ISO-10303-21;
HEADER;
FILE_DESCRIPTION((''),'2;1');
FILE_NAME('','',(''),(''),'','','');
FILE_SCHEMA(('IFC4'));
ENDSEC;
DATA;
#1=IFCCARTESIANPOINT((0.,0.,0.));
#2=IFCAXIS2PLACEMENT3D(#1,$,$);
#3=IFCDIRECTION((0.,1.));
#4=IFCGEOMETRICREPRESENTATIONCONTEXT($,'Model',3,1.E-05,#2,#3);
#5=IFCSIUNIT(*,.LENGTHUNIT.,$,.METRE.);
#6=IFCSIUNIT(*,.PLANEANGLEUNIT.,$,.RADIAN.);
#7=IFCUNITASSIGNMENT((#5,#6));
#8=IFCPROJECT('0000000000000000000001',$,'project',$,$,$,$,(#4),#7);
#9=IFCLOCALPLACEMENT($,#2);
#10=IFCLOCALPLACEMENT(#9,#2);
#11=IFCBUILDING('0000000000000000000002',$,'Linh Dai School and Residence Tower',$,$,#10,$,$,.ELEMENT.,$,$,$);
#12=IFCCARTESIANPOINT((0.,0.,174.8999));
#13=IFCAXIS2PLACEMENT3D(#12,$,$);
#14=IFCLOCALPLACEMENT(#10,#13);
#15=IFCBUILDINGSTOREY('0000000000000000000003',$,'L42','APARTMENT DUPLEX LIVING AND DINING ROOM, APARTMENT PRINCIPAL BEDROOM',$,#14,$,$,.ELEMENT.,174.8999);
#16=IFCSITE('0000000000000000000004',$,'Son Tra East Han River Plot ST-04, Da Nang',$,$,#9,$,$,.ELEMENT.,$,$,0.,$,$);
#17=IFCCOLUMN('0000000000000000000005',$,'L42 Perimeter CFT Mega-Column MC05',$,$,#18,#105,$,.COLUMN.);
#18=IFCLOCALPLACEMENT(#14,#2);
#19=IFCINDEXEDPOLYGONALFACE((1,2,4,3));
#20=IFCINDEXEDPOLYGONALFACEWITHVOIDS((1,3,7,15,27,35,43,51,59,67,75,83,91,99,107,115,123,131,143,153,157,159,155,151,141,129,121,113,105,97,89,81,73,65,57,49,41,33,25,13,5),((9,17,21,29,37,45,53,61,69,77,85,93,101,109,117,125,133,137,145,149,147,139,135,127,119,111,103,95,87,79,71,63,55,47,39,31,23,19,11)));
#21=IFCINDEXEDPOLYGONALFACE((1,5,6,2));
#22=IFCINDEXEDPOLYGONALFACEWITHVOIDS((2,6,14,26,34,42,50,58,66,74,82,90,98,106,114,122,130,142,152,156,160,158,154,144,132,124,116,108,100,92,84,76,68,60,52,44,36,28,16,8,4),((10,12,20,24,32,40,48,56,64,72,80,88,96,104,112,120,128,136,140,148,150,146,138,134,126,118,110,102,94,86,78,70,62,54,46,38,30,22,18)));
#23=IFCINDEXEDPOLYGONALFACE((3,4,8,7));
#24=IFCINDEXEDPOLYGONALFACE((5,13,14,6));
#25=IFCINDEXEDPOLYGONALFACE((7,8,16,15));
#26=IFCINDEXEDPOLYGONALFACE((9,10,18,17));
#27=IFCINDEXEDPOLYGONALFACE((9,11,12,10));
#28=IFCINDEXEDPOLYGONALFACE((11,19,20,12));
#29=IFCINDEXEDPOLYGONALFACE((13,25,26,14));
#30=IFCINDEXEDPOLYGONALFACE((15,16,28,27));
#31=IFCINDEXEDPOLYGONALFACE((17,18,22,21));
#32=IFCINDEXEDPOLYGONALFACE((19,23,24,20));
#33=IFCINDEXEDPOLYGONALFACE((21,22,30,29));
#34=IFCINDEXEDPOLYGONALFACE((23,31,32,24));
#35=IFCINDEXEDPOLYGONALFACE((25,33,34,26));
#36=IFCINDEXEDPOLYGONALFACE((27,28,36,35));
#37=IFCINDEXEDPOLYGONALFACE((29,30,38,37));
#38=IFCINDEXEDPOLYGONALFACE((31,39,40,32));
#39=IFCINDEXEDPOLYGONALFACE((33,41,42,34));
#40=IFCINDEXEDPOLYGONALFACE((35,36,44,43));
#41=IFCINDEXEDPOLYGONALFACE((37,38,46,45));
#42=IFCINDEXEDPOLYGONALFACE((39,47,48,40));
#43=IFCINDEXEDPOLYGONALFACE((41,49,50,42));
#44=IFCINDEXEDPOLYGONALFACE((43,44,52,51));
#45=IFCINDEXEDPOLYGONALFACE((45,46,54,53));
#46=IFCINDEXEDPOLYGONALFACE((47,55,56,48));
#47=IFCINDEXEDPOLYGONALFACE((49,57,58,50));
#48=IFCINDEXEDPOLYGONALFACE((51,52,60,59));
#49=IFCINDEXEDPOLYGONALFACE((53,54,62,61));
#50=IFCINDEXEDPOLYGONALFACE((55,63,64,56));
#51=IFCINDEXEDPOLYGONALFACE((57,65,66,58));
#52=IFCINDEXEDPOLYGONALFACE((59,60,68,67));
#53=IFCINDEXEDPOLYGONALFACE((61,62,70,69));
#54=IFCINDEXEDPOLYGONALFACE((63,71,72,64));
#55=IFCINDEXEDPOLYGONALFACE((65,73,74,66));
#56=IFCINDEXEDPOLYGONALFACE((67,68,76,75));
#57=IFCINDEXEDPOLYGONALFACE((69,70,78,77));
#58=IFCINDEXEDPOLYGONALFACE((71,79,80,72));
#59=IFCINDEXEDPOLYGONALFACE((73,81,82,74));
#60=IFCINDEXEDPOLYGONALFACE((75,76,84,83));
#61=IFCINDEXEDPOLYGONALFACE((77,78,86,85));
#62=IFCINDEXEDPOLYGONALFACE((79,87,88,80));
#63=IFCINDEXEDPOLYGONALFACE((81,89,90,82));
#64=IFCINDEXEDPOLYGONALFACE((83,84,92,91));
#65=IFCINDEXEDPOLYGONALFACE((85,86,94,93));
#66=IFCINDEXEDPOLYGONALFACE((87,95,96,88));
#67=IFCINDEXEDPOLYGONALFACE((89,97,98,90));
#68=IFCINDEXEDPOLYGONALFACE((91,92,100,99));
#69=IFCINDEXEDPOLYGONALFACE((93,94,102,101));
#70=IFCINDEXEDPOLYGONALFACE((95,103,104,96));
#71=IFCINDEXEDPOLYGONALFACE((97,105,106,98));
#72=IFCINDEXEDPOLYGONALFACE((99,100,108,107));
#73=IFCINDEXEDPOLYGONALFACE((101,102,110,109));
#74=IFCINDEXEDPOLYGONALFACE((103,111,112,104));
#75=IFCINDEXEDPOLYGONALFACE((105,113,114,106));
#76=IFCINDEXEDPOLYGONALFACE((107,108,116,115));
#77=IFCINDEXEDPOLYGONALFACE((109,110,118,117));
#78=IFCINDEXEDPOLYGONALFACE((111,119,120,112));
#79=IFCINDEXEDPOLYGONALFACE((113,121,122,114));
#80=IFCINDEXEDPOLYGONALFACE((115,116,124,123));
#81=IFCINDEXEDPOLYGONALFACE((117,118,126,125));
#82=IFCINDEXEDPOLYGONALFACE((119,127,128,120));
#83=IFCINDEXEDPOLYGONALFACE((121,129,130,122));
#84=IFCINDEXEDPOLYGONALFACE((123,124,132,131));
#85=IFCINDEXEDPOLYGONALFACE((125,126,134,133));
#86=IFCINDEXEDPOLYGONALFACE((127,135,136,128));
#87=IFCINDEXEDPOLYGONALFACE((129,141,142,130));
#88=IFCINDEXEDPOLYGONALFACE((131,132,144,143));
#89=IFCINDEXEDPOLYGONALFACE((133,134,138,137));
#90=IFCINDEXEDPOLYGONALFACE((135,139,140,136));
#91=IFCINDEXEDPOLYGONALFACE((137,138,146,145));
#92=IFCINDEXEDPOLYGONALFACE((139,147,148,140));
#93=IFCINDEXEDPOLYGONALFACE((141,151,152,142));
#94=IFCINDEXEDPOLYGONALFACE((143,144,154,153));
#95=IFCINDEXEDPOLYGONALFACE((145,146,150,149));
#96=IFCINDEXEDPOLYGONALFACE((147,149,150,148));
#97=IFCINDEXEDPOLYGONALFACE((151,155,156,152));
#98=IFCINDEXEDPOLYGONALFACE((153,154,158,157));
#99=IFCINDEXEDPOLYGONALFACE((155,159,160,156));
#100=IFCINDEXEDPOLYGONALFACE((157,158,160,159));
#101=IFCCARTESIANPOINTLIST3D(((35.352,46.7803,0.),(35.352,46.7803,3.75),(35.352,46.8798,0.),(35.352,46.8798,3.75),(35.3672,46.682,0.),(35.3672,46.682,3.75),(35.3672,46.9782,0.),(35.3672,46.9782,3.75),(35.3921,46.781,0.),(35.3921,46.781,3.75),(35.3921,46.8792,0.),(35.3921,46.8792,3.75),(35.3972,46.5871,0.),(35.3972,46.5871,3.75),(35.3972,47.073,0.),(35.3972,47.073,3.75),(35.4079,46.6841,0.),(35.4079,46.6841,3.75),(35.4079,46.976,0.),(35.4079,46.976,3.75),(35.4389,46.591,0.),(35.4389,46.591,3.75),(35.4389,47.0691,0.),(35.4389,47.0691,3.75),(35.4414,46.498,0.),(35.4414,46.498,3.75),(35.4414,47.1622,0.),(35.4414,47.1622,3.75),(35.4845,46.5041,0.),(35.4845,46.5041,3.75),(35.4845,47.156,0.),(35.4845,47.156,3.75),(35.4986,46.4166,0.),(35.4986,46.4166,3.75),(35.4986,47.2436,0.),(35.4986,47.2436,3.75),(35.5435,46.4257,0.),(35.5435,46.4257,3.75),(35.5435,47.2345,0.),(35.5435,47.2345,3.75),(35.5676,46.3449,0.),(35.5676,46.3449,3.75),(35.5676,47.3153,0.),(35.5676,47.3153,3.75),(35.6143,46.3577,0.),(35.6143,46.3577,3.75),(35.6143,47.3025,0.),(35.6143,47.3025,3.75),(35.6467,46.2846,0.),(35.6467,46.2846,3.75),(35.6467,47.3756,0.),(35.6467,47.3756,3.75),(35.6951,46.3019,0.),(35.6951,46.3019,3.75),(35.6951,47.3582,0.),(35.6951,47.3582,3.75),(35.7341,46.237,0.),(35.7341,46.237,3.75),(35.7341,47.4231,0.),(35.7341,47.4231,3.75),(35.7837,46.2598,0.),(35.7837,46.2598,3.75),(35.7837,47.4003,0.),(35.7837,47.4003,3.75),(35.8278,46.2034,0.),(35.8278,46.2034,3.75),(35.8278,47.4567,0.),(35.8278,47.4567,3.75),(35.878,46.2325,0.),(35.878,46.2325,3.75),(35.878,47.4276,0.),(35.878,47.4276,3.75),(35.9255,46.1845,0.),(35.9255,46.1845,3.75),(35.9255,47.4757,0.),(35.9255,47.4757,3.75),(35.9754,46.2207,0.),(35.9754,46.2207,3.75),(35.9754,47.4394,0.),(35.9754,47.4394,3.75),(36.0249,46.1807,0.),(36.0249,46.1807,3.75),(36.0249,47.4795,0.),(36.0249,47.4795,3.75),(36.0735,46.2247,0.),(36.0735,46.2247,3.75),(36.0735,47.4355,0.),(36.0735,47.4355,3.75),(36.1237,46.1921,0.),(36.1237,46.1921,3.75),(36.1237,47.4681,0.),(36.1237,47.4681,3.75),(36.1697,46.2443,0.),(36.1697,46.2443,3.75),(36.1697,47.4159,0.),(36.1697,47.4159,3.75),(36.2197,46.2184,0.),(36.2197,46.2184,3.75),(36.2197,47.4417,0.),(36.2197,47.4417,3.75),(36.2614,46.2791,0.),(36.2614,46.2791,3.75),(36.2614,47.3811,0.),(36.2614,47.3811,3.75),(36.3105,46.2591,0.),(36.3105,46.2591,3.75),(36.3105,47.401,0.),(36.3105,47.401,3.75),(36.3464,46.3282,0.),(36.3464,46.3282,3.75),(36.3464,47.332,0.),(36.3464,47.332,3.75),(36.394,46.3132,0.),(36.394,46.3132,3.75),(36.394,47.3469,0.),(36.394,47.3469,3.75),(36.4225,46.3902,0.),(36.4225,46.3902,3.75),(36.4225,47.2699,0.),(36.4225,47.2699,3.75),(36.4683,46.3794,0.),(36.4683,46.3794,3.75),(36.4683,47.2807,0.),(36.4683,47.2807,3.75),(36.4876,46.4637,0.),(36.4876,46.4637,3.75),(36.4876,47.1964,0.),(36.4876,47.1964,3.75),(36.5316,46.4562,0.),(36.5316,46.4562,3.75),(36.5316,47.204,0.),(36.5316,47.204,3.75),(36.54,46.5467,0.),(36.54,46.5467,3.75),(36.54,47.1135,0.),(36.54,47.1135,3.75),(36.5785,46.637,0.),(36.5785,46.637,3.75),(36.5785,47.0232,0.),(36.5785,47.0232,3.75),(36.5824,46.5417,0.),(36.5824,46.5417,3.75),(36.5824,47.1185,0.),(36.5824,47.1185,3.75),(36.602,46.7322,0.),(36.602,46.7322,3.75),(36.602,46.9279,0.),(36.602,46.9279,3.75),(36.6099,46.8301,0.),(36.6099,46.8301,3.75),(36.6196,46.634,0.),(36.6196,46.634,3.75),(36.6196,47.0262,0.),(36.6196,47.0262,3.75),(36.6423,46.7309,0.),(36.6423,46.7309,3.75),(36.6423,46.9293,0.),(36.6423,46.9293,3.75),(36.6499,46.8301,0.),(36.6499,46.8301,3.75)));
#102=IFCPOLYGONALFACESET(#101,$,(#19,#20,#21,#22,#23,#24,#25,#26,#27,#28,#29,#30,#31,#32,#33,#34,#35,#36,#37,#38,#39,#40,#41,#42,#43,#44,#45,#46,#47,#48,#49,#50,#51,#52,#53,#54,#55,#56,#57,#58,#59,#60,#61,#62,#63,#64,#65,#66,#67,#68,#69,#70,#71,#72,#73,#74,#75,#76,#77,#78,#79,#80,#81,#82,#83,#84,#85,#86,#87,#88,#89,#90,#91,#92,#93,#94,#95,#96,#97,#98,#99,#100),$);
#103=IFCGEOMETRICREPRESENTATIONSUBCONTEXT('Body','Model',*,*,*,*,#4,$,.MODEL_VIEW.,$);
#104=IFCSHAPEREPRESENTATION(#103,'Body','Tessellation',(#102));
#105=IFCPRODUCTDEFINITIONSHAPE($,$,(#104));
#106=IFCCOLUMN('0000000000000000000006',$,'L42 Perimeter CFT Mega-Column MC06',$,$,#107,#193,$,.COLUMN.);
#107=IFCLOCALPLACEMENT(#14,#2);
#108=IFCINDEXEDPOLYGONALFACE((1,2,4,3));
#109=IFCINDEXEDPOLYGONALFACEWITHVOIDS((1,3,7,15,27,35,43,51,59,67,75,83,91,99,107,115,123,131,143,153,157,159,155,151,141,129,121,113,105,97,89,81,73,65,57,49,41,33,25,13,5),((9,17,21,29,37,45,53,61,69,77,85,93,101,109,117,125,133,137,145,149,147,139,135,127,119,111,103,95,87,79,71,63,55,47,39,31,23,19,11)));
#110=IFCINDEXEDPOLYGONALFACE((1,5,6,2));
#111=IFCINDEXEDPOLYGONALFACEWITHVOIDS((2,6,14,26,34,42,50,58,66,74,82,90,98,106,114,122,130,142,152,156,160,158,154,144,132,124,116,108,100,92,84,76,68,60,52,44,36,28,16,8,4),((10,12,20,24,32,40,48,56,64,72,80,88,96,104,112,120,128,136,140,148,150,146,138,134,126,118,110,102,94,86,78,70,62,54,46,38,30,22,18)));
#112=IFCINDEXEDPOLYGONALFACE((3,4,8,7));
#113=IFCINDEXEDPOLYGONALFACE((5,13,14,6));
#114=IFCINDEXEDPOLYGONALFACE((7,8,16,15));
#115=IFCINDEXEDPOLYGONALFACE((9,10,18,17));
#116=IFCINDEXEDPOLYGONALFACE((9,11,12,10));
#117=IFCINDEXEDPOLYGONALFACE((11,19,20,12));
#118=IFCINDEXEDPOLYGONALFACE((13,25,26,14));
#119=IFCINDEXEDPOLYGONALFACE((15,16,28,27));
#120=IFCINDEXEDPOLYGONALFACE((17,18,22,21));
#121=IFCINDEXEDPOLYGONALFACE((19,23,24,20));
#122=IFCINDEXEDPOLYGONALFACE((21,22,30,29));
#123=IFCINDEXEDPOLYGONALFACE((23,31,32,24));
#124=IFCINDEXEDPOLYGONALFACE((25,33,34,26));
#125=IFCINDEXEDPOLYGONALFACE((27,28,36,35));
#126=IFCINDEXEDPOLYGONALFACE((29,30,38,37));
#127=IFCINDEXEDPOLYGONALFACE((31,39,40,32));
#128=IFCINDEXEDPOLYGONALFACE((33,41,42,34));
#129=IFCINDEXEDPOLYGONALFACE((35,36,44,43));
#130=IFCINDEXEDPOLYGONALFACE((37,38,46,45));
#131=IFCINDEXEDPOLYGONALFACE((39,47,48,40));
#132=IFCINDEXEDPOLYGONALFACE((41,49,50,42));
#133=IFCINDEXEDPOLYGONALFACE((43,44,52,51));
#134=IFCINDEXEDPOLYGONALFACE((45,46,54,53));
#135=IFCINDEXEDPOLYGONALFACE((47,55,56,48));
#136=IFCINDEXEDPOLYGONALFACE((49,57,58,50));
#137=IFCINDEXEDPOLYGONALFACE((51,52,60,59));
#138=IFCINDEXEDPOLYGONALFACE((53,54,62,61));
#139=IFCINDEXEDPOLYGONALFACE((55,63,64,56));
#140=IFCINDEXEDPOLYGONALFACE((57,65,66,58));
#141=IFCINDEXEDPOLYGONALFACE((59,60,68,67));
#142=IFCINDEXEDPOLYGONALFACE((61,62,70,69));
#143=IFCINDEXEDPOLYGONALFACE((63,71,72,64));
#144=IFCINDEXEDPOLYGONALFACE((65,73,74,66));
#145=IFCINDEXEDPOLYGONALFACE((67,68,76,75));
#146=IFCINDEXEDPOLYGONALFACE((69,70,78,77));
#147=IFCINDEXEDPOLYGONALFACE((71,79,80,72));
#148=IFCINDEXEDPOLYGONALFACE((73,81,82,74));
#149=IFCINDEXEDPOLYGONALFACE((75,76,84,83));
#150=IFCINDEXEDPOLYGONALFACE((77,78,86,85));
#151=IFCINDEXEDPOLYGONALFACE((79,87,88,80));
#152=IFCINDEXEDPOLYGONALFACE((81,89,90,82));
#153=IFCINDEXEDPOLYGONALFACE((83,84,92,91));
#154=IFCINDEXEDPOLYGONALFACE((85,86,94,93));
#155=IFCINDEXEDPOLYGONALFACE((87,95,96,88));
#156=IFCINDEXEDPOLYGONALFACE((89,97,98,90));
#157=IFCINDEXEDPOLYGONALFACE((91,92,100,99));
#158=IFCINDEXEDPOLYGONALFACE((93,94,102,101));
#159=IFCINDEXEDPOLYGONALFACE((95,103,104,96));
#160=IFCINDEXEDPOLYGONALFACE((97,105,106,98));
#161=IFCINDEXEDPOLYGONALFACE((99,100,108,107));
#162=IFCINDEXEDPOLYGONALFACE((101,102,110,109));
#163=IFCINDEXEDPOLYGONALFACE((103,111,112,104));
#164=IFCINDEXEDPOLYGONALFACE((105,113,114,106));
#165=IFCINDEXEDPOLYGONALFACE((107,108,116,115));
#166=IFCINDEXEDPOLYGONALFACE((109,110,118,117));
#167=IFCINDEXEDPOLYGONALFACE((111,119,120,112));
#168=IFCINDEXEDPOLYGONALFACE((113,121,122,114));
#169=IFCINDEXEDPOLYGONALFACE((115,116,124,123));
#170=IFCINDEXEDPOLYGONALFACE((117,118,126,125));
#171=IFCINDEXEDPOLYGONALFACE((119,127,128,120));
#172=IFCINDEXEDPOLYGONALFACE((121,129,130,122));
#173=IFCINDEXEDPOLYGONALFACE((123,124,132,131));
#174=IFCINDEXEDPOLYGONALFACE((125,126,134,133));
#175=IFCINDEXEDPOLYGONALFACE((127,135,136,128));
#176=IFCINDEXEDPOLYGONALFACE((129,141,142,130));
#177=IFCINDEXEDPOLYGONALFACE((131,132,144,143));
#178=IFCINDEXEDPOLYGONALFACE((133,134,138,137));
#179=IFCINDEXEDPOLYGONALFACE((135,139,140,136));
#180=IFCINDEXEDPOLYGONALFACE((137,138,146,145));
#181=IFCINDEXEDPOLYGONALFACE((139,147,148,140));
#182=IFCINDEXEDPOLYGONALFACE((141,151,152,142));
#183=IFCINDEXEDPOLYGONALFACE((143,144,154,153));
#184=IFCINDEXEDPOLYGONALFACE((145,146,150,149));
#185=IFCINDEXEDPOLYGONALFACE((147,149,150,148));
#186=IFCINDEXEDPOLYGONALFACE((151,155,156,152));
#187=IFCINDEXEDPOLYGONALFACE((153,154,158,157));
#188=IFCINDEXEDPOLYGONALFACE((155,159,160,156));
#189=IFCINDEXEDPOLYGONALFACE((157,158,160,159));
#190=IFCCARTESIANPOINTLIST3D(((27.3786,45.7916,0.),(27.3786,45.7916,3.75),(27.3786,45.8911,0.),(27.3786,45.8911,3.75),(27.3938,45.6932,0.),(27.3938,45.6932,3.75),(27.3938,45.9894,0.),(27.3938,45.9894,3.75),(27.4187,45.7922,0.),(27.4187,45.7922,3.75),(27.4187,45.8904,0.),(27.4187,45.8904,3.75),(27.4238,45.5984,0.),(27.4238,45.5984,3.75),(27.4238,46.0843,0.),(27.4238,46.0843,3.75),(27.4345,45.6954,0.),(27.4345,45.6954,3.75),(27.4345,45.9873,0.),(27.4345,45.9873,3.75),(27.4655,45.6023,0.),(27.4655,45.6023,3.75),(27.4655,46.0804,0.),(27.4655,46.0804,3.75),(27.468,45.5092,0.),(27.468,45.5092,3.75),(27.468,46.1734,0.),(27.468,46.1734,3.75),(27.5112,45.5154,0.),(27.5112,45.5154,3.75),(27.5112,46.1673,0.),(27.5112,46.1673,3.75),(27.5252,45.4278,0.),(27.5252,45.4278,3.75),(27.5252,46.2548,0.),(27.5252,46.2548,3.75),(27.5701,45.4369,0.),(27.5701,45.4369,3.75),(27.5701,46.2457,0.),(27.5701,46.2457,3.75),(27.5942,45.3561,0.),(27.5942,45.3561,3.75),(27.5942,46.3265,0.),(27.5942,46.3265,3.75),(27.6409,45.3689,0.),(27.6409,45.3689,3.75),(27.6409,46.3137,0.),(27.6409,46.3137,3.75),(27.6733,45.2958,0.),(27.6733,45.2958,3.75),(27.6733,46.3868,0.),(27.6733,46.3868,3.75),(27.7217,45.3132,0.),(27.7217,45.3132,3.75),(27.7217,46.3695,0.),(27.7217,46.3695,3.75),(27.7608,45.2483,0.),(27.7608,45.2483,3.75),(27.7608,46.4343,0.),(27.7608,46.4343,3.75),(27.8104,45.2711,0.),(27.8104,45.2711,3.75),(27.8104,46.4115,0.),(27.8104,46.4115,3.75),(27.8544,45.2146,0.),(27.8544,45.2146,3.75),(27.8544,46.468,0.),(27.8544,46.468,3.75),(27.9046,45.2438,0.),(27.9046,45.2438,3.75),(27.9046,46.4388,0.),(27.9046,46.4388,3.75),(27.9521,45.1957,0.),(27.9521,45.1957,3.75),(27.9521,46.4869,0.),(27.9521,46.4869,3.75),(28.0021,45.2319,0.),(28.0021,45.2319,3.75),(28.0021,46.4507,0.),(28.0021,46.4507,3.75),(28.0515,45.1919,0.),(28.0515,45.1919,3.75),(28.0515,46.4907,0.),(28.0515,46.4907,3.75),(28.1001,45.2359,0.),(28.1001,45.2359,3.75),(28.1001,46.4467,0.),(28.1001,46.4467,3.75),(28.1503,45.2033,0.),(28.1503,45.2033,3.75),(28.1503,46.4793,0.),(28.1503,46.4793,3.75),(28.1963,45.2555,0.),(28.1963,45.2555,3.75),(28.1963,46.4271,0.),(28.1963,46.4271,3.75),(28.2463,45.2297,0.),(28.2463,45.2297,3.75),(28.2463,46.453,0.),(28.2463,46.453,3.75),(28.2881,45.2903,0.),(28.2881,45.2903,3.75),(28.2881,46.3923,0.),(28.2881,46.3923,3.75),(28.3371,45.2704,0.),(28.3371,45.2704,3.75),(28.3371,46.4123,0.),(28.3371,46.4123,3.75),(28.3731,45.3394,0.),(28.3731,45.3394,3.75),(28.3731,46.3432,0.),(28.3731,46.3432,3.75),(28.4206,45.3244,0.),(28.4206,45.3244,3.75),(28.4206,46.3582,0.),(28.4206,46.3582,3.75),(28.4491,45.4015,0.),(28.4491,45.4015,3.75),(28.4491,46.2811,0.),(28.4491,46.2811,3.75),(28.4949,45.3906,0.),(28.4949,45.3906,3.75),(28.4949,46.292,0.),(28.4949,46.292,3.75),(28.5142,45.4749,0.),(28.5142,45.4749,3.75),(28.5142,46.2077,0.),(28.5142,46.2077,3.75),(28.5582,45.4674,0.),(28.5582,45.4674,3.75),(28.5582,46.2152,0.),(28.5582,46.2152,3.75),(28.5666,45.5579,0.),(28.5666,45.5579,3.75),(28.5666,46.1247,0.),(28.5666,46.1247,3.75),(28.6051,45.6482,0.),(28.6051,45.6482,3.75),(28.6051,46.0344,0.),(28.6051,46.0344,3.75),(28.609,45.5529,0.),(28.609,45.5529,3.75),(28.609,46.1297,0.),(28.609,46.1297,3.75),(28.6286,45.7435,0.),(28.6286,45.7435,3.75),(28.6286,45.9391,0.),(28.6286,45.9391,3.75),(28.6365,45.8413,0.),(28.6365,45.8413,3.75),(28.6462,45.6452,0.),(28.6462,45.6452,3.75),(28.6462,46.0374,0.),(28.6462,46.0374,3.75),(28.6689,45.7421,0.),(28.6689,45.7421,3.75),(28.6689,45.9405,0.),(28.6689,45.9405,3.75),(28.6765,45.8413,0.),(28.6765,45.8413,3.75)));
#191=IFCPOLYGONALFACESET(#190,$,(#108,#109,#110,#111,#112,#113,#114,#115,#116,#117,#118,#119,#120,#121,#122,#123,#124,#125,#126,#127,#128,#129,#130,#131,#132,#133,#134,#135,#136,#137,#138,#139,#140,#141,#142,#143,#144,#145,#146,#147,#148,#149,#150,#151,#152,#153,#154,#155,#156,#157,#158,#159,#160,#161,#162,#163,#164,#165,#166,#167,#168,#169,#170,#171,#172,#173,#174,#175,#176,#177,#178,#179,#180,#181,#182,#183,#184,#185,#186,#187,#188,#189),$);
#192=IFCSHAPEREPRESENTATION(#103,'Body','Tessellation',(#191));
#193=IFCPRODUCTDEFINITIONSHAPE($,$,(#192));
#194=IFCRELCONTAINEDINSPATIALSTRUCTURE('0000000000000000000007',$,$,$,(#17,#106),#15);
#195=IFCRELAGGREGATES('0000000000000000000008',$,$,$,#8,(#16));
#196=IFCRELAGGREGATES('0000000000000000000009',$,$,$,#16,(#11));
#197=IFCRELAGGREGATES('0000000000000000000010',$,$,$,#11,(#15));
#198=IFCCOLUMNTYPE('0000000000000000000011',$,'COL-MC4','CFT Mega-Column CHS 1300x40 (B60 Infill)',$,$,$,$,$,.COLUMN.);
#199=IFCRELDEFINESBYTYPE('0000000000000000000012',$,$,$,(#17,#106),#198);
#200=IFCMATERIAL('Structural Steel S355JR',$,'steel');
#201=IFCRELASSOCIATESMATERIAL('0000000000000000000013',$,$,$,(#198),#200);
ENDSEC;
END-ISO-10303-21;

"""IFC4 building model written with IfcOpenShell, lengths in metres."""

from ifc_helpers import new_model, si_unit, direction, frame, origin, origin_2d, place, context, subcontext, project, spatial, hollow_circle, extrude, material, material_profile, profile_set, type_object, element, save


model = new_model("IFC4")

# Units and contexts
model_context = context("Model", 3, precision=1e-05, world=origin(), true_north=direction((0.0, 1.0)))
body_context = subcontext(model_context, "Body", "Model", "MODEL_VIEW")
ifc_project = project(units=[si_unit("LENGTHUNIT", "METRE"), si_unit("PLANEANGLEUNIT", "RADIAN")], contexts=[model_context])

# Site, building, storey
site_placement = place(None, origin())
site = spatial("IfcSite", under=ifc_project, at=site_placement, Name="Son Tra East Han River Plot ST-04, Da Nang", CompositionType="ELEMENT", RefElevation=0.0)
building_placement = place(site_placement, origin())
building = spatial("IfcBuilding", under=site, at=building_placement, Name="Linh Dai School and Residence Tower", CompositionType="ELEMENT")
storey_placement = place(building_placement, frame((0.0, 0.0, 174.8999)))
storey = spatial("IfcBuildingStorey", under=building, at=storey_placement, Name="L42", Description="APARTMENT DUPLEX LIVING AND DINING ROOM, APARTMENT PRINCIPAL BEDROOM", CompositionType="ELEMENT", Elevation=174.8999)

# Columns
ifc_material_1 = material(Name="Structural Steel S355JR", Category="steel")
ifc_material_profile_1 = material_profile(ifc_material_1, hollow_circle(Radius=0.6499, WallThickness=0.04, at=origin_2d()), Name="CHS 1300x40")
ifc_profile_set_1 = profile_set([ifc_material_profile_1], Name="Structural Steel S355JR")
column_type_1 = type_object("IfcColumnType", Name="COL-MC4", Description="CFT Mega-Column CHS 1300x40 (B60 Infill)", PredefinedType="COLUMN", material=ifc_profile_set_1)
for number, where, z_axis, x_axis, name in (
    (1, (36.0, 46.8301, 0.0), (0.0, 0.0, 1.0), (1.0, 0.0, 0.0), "L42 Perimeter CFT Mega-Column MC05"),
    (2, (28.0266, 45.8413, 0.0), (0.0, 0.0, 1.0), (1.0, 0.0, 0.0), "L42 Perimeter CFT Mega-Column MC06"),
):
    element("IfcColumn", number, at=place(storey_placement, frame(where, z_axis=z_axis, x_axis=x_axis)), inside=storey, type_object=column_type_1, Name=name, PredefinedType="COLUMN", context=body_context, shape_type="SweptSolid", body=[
        extrude(hollow_circle(Radius=0.6499, WallThickness=0.04, at=origin_2d()), origin(), (0.0, 0.0, 1.0), 3.75),
    ])

save(model, "model.ifc")
